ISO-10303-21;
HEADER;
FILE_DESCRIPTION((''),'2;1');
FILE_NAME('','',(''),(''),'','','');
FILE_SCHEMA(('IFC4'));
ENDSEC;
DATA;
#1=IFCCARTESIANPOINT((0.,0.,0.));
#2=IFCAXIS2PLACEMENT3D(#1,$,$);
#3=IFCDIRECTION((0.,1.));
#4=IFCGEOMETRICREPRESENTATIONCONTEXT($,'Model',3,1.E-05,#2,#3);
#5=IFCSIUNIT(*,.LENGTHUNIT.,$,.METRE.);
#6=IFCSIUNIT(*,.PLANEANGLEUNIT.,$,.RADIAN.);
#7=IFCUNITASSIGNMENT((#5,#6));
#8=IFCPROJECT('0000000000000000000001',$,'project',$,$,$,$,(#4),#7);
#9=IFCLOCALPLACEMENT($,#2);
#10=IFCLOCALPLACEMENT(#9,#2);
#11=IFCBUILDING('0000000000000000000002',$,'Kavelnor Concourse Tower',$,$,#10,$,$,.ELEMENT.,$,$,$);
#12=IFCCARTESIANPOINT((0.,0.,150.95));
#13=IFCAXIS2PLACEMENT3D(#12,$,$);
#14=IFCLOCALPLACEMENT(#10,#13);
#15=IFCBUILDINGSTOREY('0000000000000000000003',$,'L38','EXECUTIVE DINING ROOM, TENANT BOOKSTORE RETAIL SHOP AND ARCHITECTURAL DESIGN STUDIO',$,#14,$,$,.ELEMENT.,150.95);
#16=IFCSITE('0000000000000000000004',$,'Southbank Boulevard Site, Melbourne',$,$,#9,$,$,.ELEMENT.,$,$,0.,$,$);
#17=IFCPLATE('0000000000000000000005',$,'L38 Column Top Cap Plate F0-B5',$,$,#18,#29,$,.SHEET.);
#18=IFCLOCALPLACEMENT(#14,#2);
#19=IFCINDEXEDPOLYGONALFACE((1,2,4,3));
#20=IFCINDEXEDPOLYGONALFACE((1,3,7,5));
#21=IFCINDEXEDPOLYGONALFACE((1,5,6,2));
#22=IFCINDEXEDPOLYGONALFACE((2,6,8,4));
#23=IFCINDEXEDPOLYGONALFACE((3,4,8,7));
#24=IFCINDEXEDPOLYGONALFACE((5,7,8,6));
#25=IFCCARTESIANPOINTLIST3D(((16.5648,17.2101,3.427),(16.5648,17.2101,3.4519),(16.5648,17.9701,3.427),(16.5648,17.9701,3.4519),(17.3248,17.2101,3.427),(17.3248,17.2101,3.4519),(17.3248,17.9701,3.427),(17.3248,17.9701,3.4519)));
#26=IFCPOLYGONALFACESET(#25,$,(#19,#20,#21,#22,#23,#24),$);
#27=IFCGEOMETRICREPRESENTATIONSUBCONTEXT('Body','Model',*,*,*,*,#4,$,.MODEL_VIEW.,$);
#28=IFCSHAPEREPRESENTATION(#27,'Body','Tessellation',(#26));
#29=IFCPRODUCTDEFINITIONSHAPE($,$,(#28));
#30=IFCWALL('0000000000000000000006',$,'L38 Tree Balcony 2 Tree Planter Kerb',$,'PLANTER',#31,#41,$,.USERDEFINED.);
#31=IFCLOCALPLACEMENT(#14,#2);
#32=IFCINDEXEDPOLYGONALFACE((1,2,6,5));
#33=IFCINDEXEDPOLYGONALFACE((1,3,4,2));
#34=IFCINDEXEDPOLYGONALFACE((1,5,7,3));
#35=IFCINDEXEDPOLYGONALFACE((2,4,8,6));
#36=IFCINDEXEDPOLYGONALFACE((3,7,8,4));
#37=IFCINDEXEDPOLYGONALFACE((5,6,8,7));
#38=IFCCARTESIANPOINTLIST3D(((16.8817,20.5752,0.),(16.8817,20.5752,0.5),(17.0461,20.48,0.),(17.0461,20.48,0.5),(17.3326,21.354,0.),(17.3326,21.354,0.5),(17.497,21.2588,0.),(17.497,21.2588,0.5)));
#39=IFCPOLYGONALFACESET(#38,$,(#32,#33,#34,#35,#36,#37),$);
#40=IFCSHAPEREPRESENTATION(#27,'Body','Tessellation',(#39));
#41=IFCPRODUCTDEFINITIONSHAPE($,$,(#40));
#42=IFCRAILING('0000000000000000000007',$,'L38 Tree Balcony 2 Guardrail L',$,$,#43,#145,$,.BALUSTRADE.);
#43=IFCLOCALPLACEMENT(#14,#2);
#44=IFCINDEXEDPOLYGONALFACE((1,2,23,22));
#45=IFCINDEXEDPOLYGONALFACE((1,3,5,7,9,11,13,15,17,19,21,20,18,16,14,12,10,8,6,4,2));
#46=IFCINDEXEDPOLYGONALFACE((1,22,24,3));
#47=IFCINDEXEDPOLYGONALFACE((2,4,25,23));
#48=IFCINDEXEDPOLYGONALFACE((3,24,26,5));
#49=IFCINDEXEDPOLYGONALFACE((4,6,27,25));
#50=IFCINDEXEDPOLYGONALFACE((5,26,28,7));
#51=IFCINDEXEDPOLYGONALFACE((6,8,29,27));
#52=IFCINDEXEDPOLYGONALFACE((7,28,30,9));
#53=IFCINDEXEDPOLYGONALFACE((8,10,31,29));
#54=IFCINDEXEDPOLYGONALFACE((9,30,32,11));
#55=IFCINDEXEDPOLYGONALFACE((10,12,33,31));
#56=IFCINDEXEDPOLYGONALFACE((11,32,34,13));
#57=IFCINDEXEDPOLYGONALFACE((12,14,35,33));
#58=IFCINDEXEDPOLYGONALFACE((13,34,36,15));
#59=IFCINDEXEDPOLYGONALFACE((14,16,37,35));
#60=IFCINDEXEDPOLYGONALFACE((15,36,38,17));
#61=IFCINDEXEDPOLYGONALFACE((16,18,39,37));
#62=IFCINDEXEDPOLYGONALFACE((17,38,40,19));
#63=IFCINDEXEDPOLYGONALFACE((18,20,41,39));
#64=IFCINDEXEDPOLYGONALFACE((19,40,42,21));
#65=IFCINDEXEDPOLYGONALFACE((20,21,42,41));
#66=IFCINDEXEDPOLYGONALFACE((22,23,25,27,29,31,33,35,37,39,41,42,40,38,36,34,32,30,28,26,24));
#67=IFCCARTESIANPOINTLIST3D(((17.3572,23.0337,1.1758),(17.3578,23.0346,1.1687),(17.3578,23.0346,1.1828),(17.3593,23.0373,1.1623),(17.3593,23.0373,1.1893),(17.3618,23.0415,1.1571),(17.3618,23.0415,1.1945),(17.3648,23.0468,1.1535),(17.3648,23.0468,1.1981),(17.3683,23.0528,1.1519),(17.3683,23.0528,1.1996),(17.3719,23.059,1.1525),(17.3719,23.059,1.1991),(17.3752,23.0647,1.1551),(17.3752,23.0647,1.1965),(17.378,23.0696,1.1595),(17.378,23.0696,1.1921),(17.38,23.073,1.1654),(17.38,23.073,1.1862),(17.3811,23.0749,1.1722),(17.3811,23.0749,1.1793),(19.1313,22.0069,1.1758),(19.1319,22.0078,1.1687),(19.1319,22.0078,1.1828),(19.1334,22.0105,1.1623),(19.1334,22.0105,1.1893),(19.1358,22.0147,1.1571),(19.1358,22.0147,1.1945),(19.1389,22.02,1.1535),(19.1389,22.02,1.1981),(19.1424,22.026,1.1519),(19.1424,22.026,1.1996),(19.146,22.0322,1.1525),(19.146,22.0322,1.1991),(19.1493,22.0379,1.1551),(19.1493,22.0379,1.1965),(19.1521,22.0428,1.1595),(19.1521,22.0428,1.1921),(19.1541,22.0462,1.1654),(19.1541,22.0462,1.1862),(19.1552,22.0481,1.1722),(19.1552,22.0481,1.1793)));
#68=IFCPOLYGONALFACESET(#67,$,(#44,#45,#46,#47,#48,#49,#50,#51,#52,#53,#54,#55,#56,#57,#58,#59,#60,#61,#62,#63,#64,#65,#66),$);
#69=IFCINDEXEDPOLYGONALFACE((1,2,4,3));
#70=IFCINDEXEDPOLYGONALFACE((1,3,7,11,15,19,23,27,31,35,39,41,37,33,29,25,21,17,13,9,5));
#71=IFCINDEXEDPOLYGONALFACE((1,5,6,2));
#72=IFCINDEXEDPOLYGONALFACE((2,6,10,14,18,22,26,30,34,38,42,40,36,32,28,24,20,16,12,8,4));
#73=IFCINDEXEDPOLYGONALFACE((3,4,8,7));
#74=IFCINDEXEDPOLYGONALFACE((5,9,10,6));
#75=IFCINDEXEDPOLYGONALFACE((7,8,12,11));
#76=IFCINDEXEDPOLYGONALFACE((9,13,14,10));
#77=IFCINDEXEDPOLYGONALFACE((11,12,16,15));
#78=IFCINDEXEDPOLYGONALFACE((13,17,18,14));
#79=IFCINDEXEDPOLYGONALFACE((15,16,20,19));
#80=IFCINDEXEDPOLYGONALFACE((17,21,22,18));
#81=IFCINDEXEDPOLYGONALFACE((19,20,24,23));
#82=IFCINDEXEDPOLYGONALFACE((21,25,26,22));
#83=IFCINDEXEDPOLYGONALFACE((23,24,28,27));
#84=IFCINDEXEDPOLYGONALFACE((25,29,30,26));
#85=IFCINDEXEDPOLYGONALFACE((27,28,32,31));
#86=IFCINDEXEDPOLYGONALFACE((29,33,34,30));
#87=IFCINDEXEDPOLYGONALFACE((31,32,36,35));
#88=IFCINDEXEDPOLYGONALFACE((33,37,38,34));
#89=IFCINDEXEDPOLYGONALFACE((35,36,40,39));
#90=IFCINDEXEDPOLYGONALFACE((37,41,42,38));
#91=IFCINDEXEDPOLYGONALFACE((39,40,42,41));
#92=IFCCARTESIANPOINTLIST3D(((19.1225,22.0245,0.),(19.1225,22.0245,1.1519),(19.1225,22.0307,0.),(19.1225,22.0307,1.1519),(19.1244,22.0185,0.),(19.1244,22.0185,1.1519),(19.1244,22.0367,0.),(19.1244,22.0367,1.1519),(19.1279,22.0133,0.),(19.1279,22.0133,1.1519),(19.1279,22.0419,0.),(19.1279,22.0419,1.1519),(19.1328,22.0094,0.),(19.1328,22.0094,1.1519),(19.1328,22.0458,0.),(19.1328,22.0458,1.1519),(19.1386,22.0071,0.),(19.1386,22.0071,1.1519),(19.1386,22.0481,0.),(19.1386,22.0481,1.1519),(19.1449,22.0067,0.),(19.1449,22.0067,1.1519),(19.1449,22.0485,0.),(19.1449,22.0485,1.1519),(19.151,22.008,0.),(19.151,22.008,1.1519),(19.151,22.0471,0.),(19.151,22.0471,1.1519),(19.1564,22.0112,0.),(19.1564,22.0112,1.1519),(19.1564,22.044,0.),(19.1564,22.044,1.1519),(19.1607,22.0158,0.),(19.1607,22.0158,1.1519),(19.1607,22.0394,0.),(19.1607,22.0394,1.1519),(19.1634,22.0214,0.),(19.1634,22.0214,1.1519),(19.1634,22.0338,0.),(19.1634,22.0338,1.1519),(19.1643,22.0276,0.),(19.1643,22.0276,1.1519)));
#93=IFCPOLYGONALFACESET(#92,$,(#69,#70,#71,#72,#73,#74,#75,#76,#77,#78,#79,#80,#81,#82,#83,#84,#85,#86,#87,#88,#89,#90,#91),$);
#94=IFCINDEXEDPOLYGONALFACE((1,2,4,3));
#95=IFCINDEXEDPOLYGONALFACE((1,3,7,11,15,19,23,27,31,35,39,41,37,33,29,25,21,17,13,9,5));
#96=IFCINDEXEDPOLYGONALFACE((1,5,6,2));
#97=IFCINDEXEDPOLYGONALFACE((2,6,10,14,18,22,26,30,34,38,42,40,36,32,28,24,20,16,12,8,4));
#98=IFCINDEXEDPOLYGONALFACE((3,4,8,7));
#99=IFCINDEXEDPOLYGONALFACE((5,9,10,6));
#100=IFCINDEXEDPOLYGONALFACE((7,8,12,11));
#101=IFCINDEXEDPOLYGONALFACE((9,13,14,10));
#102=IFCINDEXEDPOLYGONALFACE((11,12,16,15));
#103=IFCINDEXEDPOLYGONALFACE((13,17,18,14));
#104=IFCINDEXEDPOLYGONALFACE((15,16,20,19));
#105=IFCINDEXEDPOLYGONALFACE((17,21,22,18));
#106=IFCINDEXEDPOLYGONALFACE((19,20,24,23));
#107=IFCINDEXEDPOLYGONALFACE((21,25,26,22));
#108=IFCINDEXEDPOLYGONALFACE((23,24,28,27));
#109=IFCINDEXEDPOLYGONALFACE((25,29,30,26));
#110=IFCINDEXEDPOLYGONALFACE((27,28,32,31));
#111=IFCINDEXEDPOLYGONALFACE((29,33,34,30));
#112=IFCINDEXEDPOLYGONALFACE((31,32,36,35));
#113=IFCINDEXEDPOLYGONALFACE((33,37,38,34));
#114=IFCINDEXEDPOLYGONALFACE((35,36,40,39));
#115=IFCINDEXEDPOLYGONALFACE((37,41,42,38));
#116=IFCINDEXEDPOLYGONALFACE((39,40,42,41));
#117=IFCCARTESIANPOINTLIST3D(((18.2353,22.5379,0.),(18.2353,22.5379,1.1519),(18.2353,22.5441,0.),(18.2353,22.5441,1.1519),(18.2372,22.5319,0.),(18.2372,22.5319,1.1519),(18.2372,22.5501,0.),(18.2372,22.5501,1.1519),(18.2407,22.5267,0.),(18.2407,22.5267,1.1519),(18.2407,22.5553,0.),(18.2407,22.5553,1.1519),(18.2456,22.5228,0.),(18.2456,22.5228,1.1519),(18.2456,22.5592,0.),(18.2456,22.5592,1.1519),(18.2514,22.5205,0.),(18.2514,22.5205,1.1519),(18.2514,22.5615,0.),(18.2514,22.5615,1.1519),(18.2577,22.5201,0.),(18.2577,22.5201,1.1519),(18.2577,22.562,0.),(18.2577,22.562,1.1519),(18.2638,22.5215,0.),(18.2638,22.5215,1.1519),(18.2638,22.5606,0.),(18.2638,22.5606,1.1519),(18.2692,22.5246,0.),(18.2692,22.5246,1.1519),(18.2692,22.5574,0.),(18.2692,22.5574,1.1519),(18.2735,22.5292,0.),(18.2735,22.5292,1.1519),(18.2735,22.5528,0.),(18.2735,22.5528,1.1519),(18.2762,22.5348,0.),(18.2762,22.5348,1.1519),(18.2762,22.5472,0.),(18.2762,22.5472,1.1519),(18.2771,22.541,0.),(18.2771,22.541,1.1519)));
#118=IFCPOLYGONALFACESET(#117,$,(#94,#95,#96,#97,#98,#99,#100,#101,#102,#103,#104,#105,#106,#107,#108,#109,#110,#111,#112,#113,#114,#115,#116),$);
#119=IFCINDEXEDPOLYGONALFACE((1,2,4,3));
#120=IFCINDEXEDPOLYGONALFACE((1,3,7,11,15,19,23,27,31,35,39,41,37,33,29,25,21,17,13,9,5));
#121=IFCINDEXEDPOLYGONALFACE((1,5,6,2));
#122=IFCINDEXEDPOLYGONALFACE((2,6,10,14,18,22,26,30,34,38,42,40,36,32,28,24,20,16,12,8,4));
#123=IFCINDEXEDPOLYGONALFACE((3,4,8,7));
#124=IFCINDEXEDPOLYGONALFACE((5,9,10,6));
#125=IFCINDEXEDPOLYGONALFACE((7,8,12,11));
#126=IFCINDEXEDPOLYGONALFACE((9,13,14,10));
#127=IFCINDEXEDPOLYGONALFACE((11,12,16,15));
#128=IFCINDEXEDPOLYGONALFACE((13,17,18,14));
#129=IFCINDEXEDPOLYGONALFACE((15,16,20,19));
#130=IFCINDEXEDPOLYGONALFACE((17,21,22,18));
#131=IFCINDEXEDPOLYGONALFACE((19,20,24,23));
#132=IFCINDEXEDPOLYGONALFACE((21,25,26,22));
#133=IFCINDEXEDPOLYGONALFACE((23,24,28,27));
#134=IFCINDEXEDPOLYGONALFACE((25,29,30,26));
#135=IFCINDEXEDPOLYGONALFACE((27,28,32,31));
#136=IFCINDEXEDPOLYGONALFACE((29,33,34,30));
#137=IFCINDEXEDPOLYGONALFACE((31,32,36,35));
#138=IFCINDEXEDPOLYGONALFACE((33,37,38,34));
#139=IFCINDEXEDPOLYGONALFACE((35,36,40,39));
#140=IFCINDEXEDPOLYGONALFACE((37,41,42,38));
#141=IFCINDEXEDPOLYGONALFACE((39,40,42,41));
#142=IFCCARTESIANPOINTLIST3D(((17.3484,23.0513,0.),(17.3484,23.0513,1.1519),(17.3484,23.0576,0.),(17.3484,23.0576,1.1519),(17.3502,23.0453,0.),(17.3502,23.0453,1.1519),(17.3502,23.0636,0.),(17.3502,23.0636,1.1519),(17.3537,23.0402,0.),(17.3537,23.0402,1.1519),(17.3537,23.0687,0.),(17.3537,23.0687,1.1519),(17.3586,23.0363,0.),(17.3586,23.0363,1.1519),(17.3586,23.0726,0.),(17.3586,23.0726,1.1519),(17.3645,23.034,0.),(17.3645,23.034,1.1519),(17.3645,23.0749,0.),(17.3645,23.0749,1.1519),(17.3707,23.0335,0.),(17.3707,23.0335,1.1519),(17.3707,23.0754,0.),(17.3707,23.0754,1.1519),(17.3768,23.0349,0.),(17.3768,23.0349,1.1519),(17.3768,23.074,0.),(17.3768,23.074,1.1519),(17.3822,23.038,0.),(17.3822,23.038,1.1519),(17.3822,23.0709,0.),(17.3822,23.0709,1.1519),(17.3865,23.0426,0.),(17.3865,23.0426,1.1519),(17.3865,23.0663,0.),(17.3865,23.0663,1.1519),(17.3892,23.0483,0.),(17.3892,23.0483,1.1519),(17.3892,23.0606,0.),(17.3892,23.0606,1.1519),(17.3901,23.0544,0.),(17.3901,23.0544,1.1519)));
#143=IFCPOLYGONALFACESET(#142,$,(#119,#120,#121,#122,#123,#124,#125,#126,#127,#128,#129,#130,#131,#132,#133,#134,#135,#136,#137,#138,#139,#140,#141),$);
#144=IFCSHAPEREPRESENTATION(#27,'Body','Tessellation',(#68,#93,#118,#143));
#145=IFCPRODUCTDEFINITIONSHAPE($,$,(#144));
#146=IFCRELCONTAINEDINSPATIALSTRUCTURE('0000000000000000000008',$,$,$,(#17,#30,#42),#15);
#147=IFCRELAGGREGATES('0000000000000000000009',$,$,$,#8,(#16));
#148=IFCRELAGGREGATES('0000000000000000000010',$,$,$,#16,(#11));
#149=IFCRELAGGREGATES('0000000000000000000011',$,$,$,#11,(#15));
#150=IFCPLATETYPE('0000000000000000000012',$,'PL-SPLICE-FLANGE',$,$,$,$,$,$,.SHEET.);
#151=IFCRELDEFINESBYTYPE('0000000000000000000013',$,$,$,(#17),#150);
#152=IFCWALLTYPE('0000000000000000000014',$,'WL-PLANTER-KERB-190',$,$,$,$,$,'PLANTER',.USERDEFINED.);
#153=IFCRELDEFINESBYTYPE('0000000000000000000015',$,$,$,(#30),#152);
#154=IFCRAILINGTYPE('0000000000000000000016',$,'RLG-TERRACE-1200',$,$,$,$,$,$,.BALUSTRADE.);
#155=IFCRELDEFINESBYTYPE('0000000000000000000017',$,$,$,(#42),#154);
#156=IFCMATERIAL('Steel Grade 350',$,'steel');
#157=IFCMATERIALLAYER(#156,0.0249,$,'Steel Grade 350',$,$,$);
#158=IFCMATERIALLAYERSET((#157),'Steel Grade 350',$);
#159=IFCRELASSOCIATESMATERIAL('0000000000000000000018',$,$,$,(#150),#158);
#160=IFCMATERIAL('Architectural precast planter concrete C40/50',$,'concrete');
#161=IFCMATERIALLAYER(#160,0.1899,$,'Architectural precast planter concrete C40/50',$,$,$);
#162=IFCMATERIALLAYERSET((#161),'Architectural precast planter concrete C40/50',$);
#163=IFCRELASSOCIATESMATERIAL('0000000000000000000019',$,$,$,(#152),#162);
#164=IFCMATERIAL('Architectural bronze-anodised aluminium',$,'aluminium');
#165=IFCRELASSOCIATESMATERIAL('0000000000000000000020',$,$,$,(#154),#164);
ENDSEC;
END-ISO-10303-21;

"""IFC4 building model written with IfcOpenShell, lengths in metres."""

from ifc_helpers import new_model, si_unit, direction, frame, frame_2d, origin, origin_2d, place, context, subcontext, project, spatial, rectangle, circle, extrude, material, layer, layer_set, type_object, element, save


model = new_model("IFC4")

# Units and contexts
model_context = context("Model", 3, precision=1e-05, world=origin(), true_north=direction((0.0, 1.0)))
body_context = subcontext(model_context, "Body", "Model", "MODEL_VIEW")
ifc_project = project(units=[si_unit("LENGTHUNIT", "METRE"), si_unit("PLANEANGLEUNIT", "RADIAN")], contexts=[model_context])

# Site, building, storey
site_placement = place(None, origin())
site = spatial("IfcSite", under=ifc_project, at=site_placement, Name="Southbank Boulevard Site, Melbourne", CompositionType="ELEMENT", RefElevation=0.0)
building_placement = place(site_placement, origin())
building = spatial("IfcBuilding", under=site, at=building_placement, Name="Kavelnor Concourse Tower", CompositionType="ELEMENT")
storey_placement = place(building_placement, frame((0.0, 0.0, 150.95)))
storey = spatial("IfcBuildingStorey", under=building, at=storey_placement, Name="L38", Description="EXECUTIVE DINING ROOM, TENANT BOOKSTORE RETAIL SHOP AND ARCHITECTURAL DESIGN STUDIO", CompositionType="ELEMENT", Elevation=150.95)

# Shared definitions
ifc_material_1 = material(Name="Steel Grade 350", Category="steel")

# Plate
ifc_layer_1 = layer(ifc_material_1, 0.0249, Name="Steel Grade 350")
ifc_layer_set_1 = layer_set([ifc_layer_1], Name="Steel Grade 350")
plate_type_1 = type_object("IfcPlateType", Name="PL-SPLICE-FLANGE", PredefinedType="SHEET", material=ifc_layer_set_1)
for number, where, z_axis, x_axis, name in (
    (1, (16.9448, 17.5901, 3.427), (0.0, 0.0, 1.0), (1.0, 0.0, 0.0), "L38 Column Top Cap Plate F0-B5"),
):
    element("IfcPlate", number, at=place(storey_placement, frame(where, z_axis=z_axis, x_axis=x_axis)), inside=storey, type_object=plate_type_1, Name=name, PredefinedType="SHEET", context=body_context, shape_type="SweptSolid", body=[
        extrude(rectangle(XDim=0.76, YDim=0.76, at=origin_2d()), origin(), (0.0, 0.0, 1.0), 0.0249),
    ])

# Wall
ifc_material_2 = material(Name="Architectural precast planter concrete C40/50", Category="concrete")
ifc_layer_2 = layer(ifc_material_2, 0.1899, Name="Architectural precast planter concrete C40/50")
ifc_layer_set_2 = layer_set([ifc_layer_2], Name="Architectural precast planter concrete C40/50")
wall_type = type_object("IfcWallType", Name="WL-PLANTER-KERB-190", ElementType="PLANTER", PredefinedType="USERDEFINED", material=ifc_layer_set_2)
wall_placement = place(storey_placement, frame((17.4148, 21.3064, 0.0), z_axis=(0.0, 0.0, 1.0), x_axis=(-0.501068, -0.865408, 0.0)))
element("IfcWall", 2, at=wall_placement, inside=storey, type_object=wall_type, Name="L38 Tree Balcony 2 Tree Planter Kerb", ObjectType="PLANTER", PredefinedType="USERDEFINED", context=body_context, shape_type="SweptSolid", body=[
    extrude(rectangle(XDim=0.8999, YDim=0.1899, at=frame_2d((0.45, 0.0))), origin(), (0.0, 0.0, 1.0), 0.5),
])

# Railing
ifc_material_3 = material(Name="Architectural bronze-anodised aluminium", Category="aluminium")
railing_type = type_object("IfcRailingType", Name="RLG-TERRACE-1200", PredefinedType="BALUSTRADE", material=ifc_material_3)
railing_1_placement = place(storey_placement, frame((19.1433, 22.0276, 0.0)))
element("IfcRailing", 3, at=railing_1_placement, inside=storey, type_object=railing_type, Name="L38 Tree Balcony 2 Guardrail L", PredefinedType="BALUSTRADE", context=body_context, shape_type="SweptSolid", body=[
    extrude(circle(Radius=0.0239, at=origin_2d()), frame((0.0, 0.0, 1.1758), z_axis=(-0.865489, 0.500928, 0.0), x_axis=(-0.500928, -0.865489, 0.0)), (0.0, 0.0, 1.0), 2.0498),
    extrude(circle(Radius=0.021, at=origin_2d()), origin(), (0.0, 0.0, 1.0), 1.1519),
    extrude(circle(Radius=0.021, at=origin_2d()), frame((-0.8872, 0.5134, 0.0)), (0.0, 0.0, 1.0), 1.1519),
    extrude(circle(Radius=0.021, at=origin_2d()), frame((-1.7742, 1.0269, 0.0)), (0.0, 0.0, 1.0), 1.1519),
])

save(model, "model.ifc")
